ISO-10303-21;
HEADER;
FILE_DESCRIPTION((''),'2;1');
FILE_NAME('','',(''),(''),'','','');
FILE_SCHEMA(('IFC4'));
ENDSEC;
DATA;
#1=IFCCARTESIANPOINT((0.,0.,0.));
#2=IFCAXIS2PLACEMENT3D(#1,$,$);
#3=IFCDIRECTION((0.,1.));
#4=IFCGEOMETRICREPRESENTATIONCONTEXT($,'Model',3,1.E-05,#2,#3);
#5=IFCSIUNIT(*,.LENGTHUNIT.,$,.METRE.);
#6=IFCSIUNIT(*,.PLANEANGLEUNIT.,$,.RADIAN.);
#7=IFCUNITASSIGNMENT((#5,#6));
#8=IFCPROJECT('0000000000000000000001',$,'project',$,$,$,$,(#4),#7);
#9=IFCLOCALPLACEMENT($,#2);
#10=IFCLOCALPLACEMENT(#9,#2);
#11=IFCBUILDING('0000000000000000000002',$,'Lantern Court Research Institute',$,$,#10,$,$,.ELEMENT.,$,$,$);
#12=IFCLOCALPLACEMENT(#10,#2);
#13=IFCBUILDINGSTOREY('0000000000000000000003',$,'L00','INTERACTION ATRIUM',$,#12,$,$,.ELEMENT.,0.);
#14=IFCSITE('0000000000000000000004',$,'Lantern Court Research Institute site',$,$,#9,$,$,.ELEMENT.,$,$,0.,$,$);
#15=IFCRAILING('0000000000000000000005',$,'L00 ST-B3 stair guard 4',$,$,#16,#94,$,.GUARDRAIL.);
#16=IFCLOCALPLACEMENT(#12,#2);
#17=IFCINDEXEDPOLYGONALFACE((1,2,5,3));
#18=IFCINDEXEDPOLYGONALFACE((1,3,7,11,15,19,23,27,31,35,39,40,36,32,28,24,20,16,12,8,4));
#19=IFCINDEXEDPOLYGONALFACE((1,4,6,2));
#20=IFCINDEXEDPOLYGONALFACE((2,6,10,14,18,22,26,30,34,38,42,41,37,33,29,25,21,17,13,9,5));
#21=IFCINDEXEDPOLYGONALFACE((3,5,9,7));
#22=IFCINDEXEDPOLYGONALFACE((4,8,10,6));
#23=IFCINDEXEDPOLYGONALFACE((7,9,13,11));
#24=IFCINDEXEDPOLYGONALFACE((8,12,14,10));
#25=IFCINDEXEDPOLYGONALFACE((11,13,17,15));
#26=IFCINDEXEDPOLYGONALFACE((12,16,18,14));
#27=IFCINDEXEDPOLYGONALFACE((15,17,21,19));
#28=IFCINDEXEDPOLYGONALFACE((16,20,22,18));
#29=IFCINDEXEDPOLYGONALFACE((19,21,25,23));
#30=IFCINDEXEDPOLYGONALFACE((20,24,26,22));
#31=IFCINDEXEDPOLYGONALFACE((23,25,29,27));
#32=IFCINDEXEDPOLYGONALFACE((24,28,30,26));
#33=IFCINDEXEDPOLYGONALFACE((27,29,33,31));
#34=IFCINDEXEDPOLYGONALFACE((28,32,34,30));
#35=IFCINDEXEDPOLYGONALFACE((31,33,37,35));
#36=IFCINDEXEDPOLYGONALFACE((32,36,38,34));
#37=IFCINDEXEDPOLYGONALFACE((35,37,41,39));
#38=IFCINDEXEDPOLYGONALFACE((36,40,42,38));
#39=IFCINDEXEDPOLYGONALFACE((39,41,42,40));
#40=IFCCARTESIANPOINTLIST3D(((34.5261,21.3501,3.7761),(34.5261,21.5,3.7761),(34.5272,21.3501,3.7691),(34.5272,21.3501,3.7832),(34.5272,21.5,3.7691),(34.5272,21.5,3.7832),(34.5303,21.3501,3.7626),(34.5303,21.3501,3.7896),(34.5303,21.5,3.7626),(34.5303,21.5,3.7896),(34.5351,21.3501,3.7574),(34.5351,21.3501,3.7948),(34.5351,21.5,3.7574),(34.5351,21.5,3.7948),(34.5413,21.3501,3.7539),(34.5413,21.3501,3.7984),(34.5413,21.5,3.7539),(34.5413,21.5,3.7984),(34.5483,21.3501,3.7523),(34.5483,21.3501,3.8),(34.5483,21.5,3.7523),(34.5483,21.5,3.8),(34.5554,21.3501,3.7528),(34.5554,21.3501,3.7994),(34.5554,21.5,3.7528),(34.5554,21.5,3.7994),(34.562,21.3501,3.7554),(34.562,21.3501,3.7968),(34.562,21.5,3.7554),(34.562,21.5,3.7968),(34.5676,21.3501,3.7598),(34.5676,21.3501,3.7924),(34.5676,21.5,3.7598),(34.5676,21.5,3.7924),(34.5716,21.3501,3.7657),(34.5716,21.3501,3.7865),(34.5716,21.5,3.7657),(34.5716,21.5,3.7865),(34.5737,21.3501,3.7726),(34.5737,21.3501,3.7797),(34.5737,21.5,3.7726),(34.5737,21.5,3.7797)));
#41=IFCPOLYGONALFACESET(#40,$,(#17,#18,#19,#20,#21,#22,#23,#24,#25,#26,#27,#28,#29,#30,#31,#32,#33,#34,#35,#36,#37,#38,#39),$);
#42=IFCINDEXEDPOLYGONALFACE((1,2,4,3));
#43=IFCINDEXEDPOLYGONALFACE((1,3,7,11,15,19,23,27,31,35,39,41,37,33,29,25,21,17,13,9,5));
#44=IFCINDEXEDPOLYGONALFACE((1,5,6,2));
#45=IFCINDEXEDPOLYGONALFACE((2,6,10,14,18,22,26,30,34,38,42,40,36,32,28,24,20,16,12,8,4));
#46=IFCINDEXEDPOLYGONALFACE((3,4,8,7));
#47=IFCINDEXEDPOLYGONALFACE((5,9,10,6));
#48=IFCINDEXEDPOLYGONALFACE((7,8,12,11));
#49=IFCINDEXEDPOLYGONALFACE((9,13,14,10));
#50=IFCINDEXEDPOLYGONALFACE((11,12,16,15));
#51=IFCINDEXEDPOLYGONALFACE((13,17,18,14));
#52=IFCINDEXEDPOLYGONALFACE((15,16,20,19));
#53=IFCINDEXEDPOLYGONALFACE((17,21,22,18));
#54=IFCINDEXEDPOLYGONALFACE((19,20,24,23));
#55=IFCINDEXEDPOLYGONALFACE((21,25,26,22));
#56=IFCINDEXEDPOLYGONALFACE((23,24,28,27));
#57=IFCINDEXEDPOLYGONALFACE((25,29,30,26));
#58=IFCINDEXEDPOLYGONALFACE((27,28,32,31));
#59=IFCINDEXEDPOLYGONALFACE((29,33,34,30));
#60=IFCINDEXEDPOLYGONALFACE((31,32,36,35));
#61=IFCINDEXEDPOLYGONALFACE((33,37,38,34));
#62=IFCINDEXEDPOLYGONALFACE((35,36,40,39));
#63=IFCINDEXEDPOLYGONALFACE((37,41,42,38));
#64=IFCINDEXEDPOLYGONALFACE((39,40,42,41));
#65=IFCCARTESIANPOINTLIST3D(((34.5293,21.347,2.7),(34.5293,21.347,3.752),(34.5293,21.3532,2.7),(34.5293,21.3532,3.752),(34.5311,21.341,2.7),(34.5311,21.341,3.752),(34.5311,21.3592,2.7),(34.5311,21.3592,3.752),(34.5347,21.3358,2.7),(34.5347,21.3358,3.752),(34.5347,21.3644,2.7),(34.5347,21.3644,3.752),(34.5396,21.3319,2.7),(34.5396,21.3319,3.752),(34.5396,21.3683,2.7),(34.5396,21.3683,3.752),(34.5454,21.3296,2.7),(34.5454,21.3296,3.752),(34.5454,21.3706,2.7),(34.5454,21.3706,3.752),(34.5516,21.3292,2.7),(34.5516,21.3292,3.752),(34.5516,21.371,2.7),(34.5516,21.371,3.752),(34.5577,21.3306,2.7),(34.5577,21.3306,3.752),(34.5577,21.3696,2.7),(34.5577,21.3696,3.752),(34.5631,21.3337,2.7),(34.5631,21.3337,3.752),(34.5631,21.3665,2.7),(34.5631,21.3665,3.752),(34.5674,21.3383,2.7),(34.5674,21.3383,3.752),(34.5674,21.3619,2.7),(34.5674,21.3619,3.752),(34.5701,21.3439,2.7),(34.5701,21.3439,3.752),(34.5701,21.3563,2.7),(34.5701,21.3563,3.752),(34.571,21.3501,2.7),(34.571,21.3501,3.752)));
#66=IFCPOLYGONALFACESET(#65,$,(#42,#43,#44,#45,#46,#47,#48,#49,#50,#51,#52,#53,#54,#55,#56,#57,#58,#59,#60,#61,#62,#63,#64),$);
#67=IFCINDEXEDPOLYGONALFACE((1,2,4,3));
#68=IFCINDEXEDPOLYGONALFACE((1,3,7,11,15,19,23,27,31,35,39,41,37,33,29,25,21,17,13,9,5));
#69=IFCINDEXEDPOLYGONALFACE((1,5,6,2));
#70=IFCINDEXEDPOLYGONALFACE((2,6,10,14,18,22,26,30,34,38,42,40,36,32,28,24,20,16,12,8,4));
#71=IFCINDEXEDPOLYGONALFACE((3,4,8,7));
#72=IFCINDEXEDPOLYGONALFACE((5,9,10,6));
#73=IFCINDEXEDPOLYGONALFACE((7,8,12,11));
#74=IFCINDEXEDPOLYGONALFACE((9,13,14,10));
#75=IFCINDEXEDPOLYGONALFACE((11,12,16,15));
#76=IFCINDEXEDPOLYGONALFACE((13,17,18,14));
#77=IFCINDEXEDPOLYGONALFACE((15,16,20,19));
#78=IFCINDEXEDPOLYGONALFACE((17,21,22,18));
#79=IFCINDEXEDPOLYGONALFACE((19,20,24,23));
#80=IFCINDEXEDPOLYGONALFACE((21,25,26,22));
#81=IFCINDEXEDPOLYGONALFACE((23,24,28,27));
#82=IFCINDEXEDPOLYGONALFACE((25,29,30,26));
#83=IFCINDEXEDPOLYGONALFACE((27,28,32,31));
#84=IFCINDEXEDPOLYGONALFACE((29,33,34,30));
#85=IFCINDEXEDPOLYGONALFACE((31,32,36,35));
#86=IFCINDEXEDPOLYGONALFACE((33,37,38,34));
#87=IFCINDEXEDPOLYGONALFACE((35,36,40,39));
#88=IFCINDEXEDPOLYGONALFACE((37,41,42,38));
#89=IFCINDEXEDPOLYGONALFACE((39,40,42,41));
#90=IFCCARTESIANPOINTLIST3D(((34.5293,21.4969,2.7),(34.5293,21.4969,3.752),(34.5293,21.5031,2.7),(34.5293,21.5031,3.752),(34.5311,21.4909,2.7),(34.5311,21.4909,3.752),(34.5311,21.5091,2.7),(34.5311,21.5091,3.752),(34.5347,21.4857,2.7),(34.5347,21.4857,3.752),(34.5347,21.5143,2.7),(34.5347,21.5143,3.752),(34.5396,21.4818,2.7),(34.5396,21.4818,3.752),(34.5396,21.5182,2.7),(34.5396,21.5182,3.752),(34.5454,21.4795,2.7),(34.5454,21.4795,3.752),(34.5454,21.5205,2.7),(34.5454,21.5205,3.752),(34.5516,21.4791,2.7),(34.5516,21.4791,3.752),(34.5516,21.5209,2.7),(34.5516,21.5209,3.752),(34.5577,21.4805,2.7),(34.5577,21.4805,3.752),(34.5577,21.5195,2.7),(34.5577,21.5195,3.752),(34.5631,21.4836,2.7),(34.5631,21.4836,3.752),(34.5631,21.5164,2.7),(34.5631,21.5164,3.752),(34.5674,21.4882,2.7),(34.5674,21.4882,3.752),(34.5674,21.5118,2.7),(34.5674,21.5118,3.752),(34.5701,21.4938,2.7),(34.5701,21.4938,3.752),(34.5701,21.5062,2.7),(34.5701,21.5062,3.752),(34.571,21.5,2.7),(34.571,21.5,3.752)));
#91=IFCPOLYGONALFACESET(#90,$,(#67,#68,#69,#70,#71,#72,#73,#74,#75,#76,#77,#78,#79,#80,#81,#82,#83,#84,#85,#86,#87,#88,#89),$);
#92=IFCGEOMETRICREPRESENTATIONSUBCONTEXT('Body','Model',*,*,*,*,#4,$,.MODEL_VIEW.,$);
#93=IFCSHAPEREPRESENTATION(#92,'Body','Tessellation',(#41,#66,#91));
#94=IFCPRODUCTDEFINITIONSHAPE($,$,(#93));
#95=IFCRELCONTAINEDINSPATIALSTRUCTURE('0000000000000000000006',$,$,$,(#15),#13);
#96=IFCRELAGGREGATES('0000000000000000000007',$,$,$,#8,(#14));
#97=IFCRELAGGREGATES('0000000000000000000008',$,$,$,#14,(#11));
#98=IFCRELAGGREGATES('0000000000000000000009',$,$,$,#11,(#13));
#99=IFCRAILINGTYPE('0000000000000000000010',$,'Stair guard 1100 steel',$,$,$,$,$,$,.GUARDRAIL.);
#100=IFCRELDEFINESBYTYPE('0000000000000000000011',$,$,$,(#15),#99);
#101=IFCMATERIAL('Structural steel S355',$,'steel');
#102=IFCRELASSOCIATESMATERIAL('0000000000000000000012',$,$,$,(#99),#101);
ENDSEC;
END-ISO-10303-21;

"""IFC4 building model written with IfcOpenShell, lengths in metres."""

from ifc_helpers import new_model, si_unit, direction, frame, origin, origin_2d, place, context, subcontext, project, spatial, circle, extrude, material, type_object, element, save


model = new_model("IFC4")

# Units and contexts
model_context = context("Model", 3, precision=1e-05, world=origin(), true_north=direction((0.0, 1.0)))
body_context = subcontext(model_context, "Body", "Model", "MODEL_VIEW")
ifc_project = project(units=[si_unit("LENGTHUNIT", "METRE"), si_unit("PLANEANGLEUNIT", "RADIAN")], contexts=[model_context])

# Site, building, storey
site_placement = place(None, origin())
site = spatial("IfcSite", under=ifc_project, at=site_placement, Name="Lantern Court Research Institute site", CompositionType="ELEMENT", RefElevation=0.0)
building_placement = place(site_placement, origin())
building = spatial("IfcBuilding", under=site, at=building_placement, Name="Lantern Court Research Institute", CompositionType="ELEMENT")
storey_placement = place(building_placement, origin())
storey = spatial("IfcBuildingStorey", under=building, at=storey_placement, Name="L00", Description="INTERACTION ATRIUM", CompositionType="ELEMENT", Elevation=0.0)

# Railing
ifc_material_1 = material(Name="Structural steel S355", Category="steel")
railing_type_1 = type_object("IfcRailingType", Name="Stair guard 1100 steel", PredefinedType="GUARDRAIL", material=ifc_material_1)
railing_1_placement = place(storey_placement, frame((34.55, 21.3501, 2.7)))
element("IfcRailing", 1, at=railing_1_placement, inside=storey, type_object=railing_type_1, Name="L00 ST-B3 stair guard 4", PredefinedType="GUARDRAIL", context=body_context, shape_type="SweptSolid", body=[
    extrude(circle(Radius=0.0239, at=origin_2d()), frame((0.0, 0.0, 1.0762), z_axis=(0.0, 1.0, 0.0), x_axis=(-1.0, 0.0, 0.0)), (0.0, 0.0, 1.0), 0.1499),
    extrude(circle(Radius=0.021, at=origin_2d()), origin(), (0.0, 0.0, 1.0), 1.052),
    extrude(circle(Radius=0.021, at=origin_2d()), frame((0.0, 0.1499, 0.0)), (0.0, 0.0, 1.0), 1.052),
])

save(model, "model.ifc")
